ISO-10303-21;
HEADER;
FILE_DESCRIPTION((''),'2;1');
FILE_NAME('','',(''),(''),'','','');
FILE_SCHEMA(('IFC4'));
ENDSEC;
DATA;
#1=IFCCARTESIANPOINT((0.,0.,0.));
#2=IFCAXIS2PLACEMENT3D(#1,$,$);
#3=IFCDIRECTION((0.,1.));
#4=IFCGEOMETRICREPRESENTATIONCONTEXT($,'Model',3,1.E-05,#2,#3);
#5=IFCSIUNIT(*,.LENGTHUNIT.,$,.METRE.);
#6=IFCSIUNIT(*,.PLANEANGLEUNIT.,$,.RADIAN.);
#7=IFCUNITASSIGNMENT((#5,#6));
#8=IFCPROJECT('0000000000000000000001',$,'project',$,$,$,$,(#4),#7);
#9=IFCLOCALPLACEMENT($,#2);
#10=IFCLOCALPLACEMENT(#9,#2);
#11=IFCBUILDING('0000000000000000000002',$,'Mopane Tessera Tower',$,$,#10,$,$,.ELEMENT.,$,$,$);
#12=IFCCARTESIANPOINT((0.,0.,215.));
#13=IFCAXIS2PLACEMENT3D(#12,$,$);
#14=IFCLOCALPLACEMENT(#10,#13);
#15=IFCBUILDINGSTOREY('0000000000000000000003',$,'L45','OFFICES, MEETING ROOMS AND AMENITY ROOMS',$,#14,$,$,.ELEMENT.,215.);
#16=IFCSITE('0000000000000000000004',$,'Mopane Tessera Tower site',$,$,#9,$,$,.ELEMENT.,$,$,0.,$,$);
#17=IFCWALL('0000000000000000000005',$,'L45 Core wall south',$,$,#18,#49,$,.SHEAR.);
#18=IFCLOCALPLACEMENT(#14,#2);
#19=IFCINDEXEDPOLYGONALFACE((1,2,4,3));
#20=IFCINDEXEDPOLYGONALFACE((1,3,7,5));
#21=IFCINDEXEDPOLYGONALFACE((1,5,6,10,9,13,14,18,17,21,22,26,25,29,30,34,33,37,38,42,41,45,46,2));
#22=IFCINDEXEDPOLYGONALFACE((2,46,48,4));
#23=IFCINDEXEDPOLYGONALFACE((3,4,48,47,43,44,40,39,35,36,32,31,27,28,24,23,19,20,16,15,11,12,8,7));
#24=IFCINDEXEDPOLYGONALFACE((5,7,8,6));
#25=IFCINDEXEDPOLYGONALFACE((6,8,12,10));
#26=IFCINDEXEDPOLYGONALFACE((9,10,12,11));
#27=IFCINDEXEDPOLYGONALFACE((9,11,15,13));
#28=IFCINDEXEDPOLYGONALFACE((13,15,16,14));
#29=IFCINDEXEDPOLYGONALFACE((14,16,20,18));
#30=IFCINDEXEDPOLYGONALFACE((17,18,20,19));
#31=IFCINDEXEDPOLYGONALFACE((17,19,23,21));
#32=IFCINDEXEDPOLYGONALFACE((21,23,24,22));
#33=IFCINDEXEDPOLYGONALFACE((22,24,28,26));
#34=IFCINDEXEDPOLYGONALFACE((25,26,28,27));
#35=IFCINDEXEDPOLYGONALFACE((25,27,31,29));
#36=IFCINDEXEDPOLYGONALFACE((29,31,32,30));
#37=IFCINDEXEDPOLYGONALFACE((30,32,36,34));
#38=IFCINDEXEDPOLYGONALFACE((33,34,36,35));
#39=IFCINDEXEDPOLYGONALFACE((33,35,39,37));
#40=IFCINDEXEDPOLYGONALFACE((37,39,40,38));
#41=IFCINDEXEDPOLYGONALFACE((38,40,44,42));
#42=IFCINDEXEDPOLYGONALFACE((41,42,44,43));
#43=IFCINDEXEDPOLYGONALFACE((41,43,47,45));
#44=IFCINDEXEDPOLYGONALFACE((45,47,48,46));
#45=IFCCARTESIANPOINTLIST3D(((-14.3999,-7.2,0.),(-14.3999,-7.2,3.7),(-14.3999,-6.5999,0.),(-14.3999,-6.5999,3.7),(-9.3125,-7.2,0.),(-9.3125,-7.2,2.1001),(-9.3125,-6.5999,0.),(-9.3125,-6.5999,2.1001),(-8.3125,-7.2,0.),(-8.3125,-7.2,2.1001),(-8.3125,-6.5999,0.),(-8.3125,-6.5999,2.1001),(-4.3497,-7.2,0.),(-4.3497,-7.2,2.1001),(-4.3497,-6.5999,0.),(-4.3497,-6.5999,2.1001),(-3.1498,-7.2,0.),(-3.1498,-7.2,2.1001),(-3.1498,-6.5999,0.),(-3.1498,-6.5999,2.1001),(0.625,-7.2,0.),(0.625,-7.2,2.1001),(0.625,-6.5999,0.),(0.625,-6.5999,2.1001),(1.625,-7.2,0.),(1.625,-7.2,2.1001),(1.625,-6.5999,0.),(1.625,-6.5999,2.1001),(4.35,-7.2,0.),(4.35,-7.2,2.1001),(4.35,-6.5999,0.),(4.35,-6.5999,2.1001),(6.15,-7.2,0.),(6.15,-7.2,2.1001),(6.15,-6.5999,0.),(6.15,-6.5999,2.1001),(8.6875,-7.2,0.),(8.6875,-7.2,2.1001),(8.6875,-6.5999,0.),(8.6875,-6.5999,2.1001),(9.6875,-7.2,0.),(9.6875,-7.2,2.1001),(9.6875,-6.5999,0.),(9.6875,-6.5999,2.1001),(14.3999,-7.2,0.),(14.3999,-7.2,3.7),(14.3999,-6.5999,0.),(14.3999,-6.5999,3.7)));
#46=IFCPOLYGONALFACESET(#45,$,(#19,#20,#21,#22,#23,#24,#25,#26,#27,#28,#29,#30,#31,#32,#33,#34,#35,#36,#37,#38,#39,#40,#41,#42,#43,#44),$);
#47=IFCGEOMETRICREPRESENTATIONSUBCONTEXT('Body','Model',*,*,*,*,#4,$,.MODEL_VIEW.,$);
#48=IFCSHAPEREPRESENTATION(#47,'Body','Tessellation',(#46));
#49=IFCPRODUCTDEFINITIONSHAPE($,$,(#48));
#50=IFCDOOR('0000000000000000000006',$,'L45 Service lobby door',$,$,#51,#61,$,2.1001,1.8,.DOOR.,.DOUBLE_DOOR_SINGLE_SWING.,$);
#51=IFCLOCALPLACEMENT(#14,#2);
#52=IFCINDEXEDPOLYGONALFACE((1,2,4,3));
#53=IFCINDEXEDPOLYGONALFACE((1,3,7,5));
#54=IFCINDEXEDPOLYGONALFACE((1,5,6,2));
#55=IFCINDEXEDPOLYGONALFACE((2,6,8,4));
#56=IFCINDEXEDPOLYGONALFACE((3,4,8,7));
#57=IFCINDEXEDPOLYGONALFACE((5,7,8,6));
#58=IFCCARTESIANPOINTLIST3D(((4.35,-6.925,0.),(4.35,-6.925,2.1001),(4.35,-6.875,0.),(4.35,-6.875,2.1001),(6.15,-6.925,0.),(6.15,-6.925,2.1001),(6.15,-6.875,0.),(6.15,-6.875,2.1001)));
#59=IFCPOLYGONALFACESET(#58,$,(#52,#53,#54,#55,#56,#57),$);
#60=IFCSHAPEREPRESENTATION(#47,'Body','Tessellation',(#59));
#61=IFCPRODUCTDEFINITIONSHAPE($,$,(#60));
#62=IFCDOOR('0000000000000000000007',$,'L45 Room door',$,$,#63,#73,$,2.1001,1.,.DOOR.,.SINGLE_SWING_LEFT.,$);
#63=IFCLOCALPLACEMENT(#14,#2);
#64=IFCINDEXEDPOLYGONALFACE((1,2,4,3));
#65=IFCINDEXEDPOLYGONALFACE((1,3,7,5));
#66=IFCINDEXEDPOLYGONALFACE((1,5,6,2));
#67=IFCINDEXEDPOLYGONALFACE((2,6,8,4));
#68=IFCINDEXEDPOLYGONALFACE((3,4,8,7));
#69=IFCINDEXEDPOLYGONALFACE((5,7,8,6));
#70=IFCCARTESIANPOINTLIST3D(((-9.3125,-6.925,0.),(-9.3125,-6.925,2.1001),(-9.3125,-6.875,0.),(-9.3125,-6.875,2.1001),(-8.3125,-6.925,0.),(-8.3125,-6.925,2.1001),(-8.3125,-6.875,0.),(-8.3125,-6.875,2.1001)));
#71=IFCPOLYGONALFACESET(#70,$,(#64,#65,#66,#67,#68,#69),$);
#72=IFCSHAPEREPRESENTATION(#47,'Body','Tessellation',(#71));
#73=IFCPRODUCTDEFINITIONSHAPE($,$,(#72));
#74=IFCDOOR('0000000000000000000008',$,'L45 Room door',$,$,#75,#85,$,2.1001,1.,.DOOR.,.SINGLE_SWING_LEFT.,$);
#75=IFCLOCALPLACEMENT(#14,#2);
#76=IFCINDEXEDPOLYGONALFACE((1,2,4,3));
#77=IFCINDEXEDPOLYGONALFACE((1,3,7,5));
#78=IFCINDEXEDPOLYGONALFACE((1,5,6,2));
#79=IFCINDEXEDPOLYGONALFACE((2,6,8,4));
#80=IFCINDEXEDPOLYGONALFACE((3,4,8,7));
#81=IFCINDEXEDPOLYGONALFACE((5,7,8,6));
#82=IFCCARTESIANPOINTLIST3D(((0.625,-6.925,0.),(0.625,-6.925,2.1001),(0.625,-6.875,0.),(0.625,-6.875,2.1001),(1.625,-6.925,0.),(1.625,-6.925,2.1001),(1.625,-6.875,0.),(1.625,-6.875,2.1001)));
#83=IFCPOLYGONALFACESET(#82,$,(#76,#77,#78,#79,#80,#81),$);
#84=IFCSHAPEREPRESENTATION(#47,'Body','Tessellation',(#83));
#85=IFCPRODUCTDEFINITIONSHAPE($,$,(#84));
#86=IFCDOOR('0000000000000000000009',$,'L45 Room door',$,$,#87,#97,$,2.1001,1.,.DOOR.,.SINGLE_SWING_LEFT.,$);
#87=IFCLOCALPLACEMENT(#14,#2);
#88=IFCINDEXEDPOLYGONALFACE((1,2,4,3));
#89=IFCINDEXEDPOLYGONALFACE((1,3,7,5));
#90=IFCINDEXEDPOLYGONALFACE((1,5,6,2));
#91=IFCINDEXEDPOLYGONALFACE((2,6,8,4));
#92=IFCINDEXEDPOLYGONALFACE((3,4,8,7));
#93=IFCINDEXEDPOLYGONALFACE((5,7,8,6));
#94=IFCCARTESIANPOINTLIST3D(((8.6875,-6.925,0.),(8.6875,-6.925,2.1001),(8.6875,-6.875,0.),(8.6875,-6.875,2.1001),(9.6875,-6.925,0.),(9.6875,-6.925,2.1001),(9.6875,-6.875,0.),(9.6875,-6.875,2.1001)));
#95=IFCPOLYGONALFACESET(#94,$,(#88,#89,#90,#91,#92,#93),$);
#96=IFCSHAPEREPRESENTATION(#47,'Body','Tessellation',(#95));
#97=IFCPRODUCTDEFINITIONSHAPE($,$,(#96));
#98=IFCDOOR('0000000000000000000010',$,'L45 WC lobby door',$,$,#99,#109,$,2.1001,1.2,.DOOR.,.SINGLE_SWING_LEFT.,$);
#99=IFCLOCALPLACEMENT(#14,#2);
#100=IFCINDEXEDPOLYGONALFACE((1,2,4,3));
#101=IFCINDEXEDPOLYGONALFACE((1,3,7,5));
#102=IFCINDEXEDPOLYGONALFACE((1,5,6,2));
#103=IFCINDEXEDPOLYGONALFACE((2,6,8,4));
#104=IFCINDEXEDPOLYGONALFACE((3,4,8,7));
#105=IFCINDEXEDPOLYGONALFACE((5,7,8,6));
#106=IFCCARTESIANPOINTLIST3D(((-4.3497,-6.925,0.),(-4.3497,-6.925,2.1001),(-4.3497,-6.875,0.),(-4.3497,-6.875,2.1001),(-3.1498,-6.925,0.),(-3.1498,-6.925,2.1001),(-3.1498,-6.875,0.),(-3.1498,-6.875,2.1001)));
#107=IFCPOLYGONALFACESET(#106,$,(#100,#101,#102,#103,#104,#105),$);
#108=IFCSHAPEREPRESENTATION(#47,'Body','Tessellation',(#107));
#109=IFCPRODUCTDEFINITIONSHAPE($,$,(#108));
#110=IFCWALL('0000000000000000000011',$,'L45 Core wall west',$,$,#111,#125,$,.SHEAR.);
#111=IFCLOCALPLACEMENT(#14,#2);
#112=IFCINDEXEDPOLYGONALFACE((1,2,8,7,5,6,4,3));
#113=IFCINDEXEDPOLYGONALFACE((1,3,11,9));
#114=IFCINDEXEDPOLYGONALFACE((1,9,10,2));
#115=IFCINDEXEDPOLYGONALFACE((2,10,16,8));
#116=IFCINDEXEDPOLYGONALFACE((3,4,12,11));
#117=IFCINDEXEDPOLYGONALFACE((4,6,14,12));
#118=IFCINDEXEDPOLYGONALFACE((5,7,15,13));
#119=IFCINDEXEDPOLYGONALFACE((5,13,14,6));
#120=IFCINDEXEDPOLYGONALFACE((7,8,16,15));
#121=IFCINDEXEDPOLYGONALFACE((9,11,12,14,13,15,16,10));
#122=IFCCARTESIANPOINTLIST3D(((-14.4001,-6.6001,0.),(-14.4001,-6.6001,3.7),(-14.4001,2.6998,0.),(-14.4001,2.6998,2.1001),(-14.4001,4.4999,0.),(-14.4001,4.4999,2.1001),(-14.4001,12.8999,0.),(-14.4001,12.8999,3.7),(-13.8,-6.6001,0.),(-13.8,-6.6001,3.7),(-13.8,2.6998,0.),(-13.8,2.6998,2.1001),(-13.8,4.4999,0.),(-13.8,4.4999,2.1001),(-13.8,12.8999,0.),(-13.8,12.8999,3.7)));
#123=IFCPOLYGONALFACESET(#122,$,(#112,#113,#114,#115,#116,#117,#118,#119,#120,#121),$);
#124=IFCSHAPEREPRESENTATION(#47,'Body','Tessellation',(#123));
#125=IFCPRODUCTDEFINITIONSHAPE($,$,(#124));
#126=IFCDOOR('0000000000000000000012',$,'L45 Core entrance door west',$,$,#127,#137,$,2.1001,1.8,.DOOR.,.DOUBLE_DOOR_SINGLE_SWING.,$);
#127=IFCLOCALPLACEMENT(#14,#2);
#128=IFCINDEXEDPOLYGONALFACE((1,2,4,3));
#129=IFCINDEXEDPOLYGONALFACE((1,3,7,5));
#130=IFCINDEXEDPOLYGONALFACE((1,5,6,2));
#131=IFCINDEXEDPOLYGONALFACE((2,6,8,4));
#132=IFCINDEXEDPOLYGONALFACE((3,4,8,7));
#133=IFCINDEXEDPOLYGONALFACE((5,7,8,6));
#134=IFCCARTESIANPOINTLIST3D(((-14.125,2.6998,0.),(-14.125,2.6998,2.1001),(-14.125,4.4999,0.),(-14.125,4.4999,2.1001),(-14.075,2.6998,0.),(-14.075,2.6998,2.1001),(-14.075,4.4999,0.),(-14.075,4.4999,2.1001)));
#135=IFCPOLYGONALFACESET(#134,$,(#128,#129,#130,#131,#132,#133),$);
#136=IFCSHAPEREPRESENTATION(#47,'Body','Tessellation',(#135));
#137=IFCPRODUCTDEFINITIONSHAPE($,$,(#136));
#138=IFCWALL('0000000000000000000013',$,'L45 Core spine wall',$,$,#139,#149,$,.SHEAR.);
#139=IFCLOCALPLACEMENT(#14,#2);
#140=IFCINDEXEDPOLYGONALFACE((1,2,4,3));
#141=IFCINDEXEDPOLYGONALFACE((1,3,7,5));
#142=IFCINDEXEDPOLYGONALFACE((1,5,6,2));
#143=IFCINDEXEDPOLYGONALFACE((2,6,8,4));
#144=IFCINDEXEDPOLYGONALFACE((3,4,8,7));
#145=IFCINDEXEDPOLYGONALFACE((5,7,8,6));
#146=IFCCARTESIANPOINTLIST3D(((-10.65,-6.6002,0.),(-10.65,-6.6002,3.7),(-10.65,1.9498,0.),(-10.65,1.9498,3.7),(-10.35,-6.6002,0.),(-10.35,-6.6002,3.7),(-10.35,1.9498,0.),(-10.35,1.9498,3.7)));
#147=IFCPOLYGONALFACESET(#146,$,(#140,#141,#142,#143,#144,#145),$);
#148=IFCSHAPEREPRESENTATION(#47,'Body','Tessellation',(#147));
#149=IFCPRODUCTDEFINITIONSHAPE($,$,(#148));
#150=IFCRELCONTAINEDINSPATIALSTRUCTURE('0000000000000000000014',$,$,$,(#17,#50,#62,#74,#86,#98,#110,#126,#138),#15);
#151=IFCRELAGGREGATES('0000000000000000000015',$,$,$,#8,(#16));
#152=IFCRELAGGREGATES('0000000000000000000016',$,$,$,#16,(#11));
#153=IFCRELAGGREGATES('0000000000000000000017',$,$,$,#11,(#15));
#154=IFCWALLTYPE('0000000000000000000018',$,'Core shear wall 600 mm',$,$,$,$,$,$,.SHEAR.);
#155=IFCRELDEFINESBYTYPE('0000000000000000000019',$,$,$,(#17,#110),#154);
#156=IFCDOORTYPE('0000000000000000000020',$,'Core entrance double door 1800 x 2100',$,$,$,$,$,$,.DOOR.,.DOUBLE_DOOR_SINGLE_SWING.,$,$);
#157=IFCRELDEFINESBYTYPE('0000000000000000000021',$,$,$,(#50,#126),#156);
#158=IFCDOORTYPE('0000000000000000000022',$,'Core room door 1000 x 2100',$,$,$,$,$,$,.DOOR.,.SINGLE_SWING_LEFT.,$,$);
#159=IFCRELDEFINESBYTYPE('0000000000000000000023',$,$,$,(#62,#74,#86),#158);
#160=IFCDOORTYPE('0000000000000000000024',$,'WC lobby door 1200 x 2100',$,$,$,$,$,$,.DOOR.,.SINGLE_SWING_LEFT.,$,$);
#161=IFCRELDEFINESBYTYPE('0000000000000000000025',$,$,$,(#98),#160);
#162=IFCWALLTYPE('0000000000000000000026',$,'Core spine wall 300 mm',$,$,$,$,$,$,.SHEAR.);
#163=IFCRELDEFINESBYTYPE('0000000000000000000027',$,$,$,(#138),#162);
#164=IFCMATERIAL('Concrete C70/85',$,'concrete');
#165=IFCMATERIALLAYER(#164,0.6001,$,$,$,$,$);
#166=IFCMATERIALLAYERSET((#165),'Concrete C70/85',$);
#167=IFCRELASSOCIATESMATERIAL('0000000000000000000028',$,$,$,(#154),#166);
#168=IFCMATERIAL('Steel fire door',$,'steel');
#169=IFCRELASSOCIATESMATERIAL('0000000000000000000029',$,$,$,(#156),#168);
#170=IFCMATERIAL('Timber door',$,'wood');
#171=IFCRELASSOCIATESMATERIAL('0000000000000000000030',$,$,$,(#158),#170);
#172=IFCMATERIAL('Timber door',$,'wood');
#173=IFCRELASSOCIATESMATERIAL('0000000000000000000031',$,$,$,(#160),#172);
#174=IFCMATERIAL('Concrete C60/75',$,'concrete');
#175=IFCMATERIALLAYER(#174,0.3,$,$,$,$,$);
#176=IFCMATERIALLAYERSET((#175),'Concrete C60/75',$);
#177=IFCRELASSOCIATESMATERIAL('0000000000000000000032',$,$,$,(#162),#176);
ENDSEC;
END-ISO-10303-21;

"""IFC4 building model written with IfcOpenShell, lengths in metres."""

from ifc_helpers import new_model, si_unit, direction, frame, frame_2d, origin, place, context, subcontext, project, spatial, rectangle, extrude, material, layer, layer_set, type_object, element, fill, save


model = new_model("IFC4")

# Units and contexts
model_context = context("Model", 3, precision=1e-05, world=origin(), true_north=direction((0.0, 1.0)))
body_context = subcontext(model_context, "Body", "Model", "MODEL_VIEW")
ifc_project = project(units=[si_unit("LENGTHUNIT", "METRE"), si_unit("PLANEANGLEUNIT", "RADIAN")], contexts=[model_context])

# Site, building, storey
site_placement = place(None, origin())
site = spatial("IfcSite", under=ifc_project, at=site_placement, Name="Mopane Tessera Tower site", CompositionType="ELEMENT", RefElevation=0.0)
building_placement = place(site_placement, origin())
building = spatial("IfcBuilding", under=site, at=building_placement, Name="Mopane Tessera Tower", CompositionType="ELEMENT")
storey_placement = place(building_placement, frame((0.0, 0.0, 215.0)))
storey = spatial("IfcBuildingStorey", under=building, at=storey_placement, Name="L45", Description="OFFICES, MEETING ROOMS AND AMENITY ROOMS", CompositionType="ELEMENT", Elevation=215.0)

# Wall, openings, doors
ifc_material_1 = material(Name="Concrete C70/85", Category="concrete")
ifc_layer_1 = layer(ifc_material_1, 0.6001)
ifc_layer_set_1 = layer_set([ifc_layer_1], Name="Concrete C70/85")
wall_type_1 = type_object("IfcWallType", Name="Core shear wall 600 mm", PredefinedType="SHEAR", material=ifc_layer_set_1)
wall_1_placement = place(storey_placement, frame((-14.3999, -6.8999, 0.0), z_axis=(0.0, 0.0, 1.0), x_axis=(1.0, 0.0, 0.0)))
wall_1 = element("IfcWall", 1, at=wall_1_placement, inside=storey, type_object=wall_type_1, Name="L45 Core wall south", PredefinedType="SHEAR", context=body_context, shape_type="SweptSolid", body=[
    extrude(rectangle(XDim=28.7998, YDim=0.6001, at=frame_2d((14.3999, 0.0))), origin(), (0.0, 0.0, 1.0), 3.7),
])
opening_1_placement = place(wall_1_placement, frame((5.0874, 0.0, 0.0)))
opening_1 = element("IfcOpeningElement", 2, at=opening_1_placement, cuts=wall_1, PredefinedType="OPENING", context=body_context, shape_type="SweptSolid", body=[
    extrude(rectangle(XDim=1.0, YDim=2.1001, at=frame_2d((0.5, 1.05))), frame((0.0, 0.312, 0.0), z_axis=(0.0, -1.0, 0.0), x_axis=(1.0, 0.0, 0.0)), (0.0, 0.0, 1.0), 0.624),
])
opening_2_placement = place(wall_1_placement, frame((10.05, 0.0, 0.0)))
opening_2 = element("IfcOpeningElement", 3, at=opening_2_placement, cuts=wall_1, PredefinedType="OPENING", context=body_context, shape_type="SweptSolid", body=[
    extrude(rectangle(XDim=1.2, YDim=2.1001, at=frame_2d((0.6001, 1.05))), frame((0.0, 0.312, 0.0), z_axis=(0.0, -1.0, 0.0), x_axis=(1.0, 0.0, 0.0)), (0.0, 0.0, 1.0), 0.624),
])
opening_3_placement = place(wall_1_placement, frame((15.0249, 0.0, 0.0)))
opening_3 = element("IfcOpeningElement", 4, at=opening_3_placement, cuts=wall_1, PredefinedType="OPENING", context=body_context, shape_type="SweptSolid", body=[
    extrude(rectangle(XDim=1.0, YDim=2.1001, at=frame_2d((0.5, 1.05))), frame((0.0, 0.312, 0.0), z_axis=(0.0, -1.0, 0.0), x_axis=(1.0, 0.0, 0.0)), (0.0, 0.0, 1.0), 0.624),
])
opening_4_placement = place(wall_1_placement, frame((18.75, 0.0, 0.0)))
opening_4 = element("IfcOpeningElement", 5, at=opening_4_placement, cuts=wall_1, PredefinedType="OPENING", context=body_context, shape_type="SweptSolid", body=[
    extrude(rectangle(XDim=1.8, YDim=2.1001, at=frame_2d((0.8999, 1.05))), frame((0.0, 0.312, 0.0), z_axis=(0.0, -1.0, 0.0), x_axis=(1.0, 0.0, 0.0)), (0.0, 0.0, 1.0), 0.624),
])
opening_5_placement = place(wall_1_placement, frame((23.0874, 0.0, 0.0)))
opening_5 = element("IfcOpeningElement", 6, at=opening_5_placement, cuts=wall_1, PredefinedType="OPENING", context=body_context, shape_type="SweptSolid", body=[
    extrude(rectangle(XDim=1.0, YDim=2.1001, at=frame_2d((0.5, 1.05))), frame((0.0, 0.312, 0.0), z_axis=(0.0, -1.0, 0.0), x_axis=(1.0, 0.0, 0.0)), (0.0, 0.0, 1.0), 0.624),
])
ifc_material_2 = material(Name="Steel fire door", Category="steel")
door_type_1 = type_object("IfcDoorType", Name="Core entrance double door 1800 x 2100", OperationType="DOUBLE_DOOR_SINGLE_SWING", PredefinedType="DOOR", material=ifc_material_2)
door_1_placement = place(opening_4_placement, origin())
door_1 = element("IfcDoor", 7, at=door_1_placement, inside=storey, type_object=door_type_1, Name="L45 Service lobby door", OperationType="DOUBLE_DOOR_SINGLE_SWING", OverallHeight=2.1001, OverallWidth=1.8, PredefinedType="DOOR", context=body_context, shape_type="SweptSolid", body=[
    extrude(rectangle(XDim=1.8, YDim=2.1001, at=frame_2d((0.8999, 1.05))), frame((0.0, 0.0249, 0.0), z_axis=(0.0, -1.0, 0.0), x_axis=(1.0, 0.0, 0.0)), (0.0, 0.0, 1.0), 0.05),
])
fill(opening_4, door_1)
ifc_material_3 = material(Name="Timber door", Category="wood")
door_type_2 = type_object("IfcDoorType", Name="Core room door 1000 x 2100", OperationType="SINGLE_SWING_LEFT", PredefinedType="DOOR", material=ifc_material_3)
door_2_placement = place(opening_1_placement, origin())
door_2 = element("IfcDoor", 8, at=door_2_placement, inside=storey, type_object=door_type_2, Name="L45 Room door", OperationType="SINGLE_SWING_LEFT", OverallHeight=2.1001, OverallWidth=1.0, PredefinedType="DOOR", context=body_context, shape_type="SweptSolid", body=[
    extrude(rectangle(XDim=1.0, YDim=2.1001, at=frame_2d((0.5, 1.05))), frame((0.0, 0.0249, 0.0), z_axis=(0.0, -1.0, 0.0), x_axis=(1.0, 0.0, 0.0)), (0.0, 0.0, 1.0), 0.05),
])
fill(opening_1, door_2)
door_3_placement = place(opening_3_placement, origin())
door_3 = element("IfcDoor", 9, at=door_3_placement, inside=storey, type_object=door_type_2, Name="L45 Room door", OperationType="SINGLE_SWING_LEFT", OverallHeight=2.1001, OverallWidth=1.0, PredefinedType="DOOR", context=body_context, shape_type="SweptSolid", body=[
    extrude(rectangle(XDim=1.0, YDim=2.1001, at=frame_2d((0.5, 1.05))), frame((0.0, 0.0249, 0.0), z_axis=(0.0, -1.0, 0.0), x_axis=(1.0, 0.0, 0.0)), (0.0, 0.0, 1.0), 0.05),
])
fill(opening_3, door_3)
door_4_placement = place(opening_5_placement, origin())
door_4 = element("IfcDoor", 10, at=door_4_placement, inside=storey, type_object=door_type_2, Name="L45 Room door", OperationType="SINGLE_SWING_LEFT", OverallHeight=2.1001, OverallWidth=1.0, PredefinedType="DOOR", context=body_context, shape_type="SweptSolid", body=[
    extrude(rectangle(XDim=1.0, YDim=2.1001, at=frame_2d((0.5, 1.05))), frame((0.0, 0.0249, 0.0), z_axis=(0.0, -1.0, 0.0), x_axis=(1.0, 0.0, 0.0)), (0.0, 0.0, 1.0), 0.05),
])
fill(opening_5, door_4)
ifc_material_4 = material(Name="Timber door", Category="wood")
door_type_3 = type_object("IfcDoorType", Name="WC lobby door 1200 x 2100", OperationType="SINGLE_SWING_LEFT", PredefinedType="DOOR", material=ifc_material_4)
door_5_placement = place(opening_2_placement, origin())
door_5 = element("IfcDoor", 11, at=door_5_placement, inside=storey, type_object=door_type_3, Name="L45 WC lobby door", OperationType="SINGLE_SWING_LEFT", OverallHeight=2.1001, OverallWidth=1.2, PredefinedType="DOOR", context=body_context, shape_type="SweptSolid", body=[
    extrude(rectangle(XDim=1.2, YDim=2.1001, at=frame_2d((0.6001, 1.05))), frame((0.0, 0.0249, 0.0), z_axis=(0.0, -1.0, 0.0), x_axis=(1.0, 0.0, 0.0)), (0.0, 0.0, 1.0), 0.05),
])
fill(opening_2, door_5)

# Wall, opening, door
wall_2_placement = place(storey_placement, frame((-14.1001, -6.6001, 0.0), z_axis=(0.0, 0.0, 1.0), x_axis=(0.0, 1.0, 0.0)))
wall_2 = element("IfcWall", 12, at=wall_2_placement, inside=storey, type_object=wall_type_1, Name="L45 Core wall west", PredefinedType="SHEAR", context=body_context, shape_type="SweptSolid", body=[
    extrude(rectangle(XDim=19.5, YDim=0.6001, at=frame_2d((9.75, 0.0))), origin(), (0.0, 0.0, 1.0), 3.7),
])
opening_6_placement = place(wall_2_placement, frame((9.3, 0.0, 0.0)))
opening_6 = element("IfcOpeningElement", 13, at=opening_6_placement, cuts=wall_2, PredefinedType="OPENING", context=body_context, shape_type="SweptSolid", body=[
    extrude(rectangle(XDim=1.8, YDim=2.1001, at=frame_2d((0.8999, 1.05))), frame((0.0, 0.312, 0.0), z_axis=(0.0, -1.0, 0.0), x_axis=(1.0, 0.0, 0.0)), (0.0, 0.0, 1.0), 0.624),
])
door_6_placement = place(opening_6_placement, origin())
door_6 = element("IfcDoor", 14, at=door_6_placement, inside=storey, type_object=door_type_1, Name="L45 Core entrance door west", OperationType="DOUBLE_DOOR_SINGLE_SWING", OverallHeight=2.1001, OverallWidth=1.8, PredefinedType="DOOR", context=body_context, shape_type="SweptSolid", body=[
    extrude(rectangle(XDim=1.8, YDim=2.1001, at=frame_2d((0.8999, 1.05))), frame((0.0, 0.0249, 0.0), z_axis=(0.0, -1.0, 0.0), x_axis=(1.0, 0.0, 0.0)), (0.0, 0.0, 1.0), 0.05),
])
fill(opening_6, door_6)

# Wall
ifc_material_5 = material(Name="Concrete C60/75", Category="concrete")
ifc_layer_2 = layer(ifc_material_5, 0.3)
ifc_layer_set_2 = layer_set([ifc_layer_2], Name="Concrete C60/75")
wall_type_2 = type_object("IfcWallType", Name="Core spine wall 300 mm", PredefinedType="SHEAR", material=ifc_layer_set_2)
wall_3_placement = place(storey_placement, frame((-10.5, -6.6001, 0.0), z_axis=(0.0, 0.0, 1.0), x_axis=(0.0, 1.0, 0.0)))
element("IfcWall", 15, at=wall_3_placement, inside=storey, type_object=wall_type_2, Name="L45 Core spine wall", PredefinedType="SHEAR", context=body_context, shape_type="SweptSolid", body=[
    extrude(rectangle(XDim=8.55, YDim=0.3, at=frame_2d((4.2749, 0.0))), origin(), (0.0, 0.0, 1.0), 3.7),
])

save(model, "model.ifc")
